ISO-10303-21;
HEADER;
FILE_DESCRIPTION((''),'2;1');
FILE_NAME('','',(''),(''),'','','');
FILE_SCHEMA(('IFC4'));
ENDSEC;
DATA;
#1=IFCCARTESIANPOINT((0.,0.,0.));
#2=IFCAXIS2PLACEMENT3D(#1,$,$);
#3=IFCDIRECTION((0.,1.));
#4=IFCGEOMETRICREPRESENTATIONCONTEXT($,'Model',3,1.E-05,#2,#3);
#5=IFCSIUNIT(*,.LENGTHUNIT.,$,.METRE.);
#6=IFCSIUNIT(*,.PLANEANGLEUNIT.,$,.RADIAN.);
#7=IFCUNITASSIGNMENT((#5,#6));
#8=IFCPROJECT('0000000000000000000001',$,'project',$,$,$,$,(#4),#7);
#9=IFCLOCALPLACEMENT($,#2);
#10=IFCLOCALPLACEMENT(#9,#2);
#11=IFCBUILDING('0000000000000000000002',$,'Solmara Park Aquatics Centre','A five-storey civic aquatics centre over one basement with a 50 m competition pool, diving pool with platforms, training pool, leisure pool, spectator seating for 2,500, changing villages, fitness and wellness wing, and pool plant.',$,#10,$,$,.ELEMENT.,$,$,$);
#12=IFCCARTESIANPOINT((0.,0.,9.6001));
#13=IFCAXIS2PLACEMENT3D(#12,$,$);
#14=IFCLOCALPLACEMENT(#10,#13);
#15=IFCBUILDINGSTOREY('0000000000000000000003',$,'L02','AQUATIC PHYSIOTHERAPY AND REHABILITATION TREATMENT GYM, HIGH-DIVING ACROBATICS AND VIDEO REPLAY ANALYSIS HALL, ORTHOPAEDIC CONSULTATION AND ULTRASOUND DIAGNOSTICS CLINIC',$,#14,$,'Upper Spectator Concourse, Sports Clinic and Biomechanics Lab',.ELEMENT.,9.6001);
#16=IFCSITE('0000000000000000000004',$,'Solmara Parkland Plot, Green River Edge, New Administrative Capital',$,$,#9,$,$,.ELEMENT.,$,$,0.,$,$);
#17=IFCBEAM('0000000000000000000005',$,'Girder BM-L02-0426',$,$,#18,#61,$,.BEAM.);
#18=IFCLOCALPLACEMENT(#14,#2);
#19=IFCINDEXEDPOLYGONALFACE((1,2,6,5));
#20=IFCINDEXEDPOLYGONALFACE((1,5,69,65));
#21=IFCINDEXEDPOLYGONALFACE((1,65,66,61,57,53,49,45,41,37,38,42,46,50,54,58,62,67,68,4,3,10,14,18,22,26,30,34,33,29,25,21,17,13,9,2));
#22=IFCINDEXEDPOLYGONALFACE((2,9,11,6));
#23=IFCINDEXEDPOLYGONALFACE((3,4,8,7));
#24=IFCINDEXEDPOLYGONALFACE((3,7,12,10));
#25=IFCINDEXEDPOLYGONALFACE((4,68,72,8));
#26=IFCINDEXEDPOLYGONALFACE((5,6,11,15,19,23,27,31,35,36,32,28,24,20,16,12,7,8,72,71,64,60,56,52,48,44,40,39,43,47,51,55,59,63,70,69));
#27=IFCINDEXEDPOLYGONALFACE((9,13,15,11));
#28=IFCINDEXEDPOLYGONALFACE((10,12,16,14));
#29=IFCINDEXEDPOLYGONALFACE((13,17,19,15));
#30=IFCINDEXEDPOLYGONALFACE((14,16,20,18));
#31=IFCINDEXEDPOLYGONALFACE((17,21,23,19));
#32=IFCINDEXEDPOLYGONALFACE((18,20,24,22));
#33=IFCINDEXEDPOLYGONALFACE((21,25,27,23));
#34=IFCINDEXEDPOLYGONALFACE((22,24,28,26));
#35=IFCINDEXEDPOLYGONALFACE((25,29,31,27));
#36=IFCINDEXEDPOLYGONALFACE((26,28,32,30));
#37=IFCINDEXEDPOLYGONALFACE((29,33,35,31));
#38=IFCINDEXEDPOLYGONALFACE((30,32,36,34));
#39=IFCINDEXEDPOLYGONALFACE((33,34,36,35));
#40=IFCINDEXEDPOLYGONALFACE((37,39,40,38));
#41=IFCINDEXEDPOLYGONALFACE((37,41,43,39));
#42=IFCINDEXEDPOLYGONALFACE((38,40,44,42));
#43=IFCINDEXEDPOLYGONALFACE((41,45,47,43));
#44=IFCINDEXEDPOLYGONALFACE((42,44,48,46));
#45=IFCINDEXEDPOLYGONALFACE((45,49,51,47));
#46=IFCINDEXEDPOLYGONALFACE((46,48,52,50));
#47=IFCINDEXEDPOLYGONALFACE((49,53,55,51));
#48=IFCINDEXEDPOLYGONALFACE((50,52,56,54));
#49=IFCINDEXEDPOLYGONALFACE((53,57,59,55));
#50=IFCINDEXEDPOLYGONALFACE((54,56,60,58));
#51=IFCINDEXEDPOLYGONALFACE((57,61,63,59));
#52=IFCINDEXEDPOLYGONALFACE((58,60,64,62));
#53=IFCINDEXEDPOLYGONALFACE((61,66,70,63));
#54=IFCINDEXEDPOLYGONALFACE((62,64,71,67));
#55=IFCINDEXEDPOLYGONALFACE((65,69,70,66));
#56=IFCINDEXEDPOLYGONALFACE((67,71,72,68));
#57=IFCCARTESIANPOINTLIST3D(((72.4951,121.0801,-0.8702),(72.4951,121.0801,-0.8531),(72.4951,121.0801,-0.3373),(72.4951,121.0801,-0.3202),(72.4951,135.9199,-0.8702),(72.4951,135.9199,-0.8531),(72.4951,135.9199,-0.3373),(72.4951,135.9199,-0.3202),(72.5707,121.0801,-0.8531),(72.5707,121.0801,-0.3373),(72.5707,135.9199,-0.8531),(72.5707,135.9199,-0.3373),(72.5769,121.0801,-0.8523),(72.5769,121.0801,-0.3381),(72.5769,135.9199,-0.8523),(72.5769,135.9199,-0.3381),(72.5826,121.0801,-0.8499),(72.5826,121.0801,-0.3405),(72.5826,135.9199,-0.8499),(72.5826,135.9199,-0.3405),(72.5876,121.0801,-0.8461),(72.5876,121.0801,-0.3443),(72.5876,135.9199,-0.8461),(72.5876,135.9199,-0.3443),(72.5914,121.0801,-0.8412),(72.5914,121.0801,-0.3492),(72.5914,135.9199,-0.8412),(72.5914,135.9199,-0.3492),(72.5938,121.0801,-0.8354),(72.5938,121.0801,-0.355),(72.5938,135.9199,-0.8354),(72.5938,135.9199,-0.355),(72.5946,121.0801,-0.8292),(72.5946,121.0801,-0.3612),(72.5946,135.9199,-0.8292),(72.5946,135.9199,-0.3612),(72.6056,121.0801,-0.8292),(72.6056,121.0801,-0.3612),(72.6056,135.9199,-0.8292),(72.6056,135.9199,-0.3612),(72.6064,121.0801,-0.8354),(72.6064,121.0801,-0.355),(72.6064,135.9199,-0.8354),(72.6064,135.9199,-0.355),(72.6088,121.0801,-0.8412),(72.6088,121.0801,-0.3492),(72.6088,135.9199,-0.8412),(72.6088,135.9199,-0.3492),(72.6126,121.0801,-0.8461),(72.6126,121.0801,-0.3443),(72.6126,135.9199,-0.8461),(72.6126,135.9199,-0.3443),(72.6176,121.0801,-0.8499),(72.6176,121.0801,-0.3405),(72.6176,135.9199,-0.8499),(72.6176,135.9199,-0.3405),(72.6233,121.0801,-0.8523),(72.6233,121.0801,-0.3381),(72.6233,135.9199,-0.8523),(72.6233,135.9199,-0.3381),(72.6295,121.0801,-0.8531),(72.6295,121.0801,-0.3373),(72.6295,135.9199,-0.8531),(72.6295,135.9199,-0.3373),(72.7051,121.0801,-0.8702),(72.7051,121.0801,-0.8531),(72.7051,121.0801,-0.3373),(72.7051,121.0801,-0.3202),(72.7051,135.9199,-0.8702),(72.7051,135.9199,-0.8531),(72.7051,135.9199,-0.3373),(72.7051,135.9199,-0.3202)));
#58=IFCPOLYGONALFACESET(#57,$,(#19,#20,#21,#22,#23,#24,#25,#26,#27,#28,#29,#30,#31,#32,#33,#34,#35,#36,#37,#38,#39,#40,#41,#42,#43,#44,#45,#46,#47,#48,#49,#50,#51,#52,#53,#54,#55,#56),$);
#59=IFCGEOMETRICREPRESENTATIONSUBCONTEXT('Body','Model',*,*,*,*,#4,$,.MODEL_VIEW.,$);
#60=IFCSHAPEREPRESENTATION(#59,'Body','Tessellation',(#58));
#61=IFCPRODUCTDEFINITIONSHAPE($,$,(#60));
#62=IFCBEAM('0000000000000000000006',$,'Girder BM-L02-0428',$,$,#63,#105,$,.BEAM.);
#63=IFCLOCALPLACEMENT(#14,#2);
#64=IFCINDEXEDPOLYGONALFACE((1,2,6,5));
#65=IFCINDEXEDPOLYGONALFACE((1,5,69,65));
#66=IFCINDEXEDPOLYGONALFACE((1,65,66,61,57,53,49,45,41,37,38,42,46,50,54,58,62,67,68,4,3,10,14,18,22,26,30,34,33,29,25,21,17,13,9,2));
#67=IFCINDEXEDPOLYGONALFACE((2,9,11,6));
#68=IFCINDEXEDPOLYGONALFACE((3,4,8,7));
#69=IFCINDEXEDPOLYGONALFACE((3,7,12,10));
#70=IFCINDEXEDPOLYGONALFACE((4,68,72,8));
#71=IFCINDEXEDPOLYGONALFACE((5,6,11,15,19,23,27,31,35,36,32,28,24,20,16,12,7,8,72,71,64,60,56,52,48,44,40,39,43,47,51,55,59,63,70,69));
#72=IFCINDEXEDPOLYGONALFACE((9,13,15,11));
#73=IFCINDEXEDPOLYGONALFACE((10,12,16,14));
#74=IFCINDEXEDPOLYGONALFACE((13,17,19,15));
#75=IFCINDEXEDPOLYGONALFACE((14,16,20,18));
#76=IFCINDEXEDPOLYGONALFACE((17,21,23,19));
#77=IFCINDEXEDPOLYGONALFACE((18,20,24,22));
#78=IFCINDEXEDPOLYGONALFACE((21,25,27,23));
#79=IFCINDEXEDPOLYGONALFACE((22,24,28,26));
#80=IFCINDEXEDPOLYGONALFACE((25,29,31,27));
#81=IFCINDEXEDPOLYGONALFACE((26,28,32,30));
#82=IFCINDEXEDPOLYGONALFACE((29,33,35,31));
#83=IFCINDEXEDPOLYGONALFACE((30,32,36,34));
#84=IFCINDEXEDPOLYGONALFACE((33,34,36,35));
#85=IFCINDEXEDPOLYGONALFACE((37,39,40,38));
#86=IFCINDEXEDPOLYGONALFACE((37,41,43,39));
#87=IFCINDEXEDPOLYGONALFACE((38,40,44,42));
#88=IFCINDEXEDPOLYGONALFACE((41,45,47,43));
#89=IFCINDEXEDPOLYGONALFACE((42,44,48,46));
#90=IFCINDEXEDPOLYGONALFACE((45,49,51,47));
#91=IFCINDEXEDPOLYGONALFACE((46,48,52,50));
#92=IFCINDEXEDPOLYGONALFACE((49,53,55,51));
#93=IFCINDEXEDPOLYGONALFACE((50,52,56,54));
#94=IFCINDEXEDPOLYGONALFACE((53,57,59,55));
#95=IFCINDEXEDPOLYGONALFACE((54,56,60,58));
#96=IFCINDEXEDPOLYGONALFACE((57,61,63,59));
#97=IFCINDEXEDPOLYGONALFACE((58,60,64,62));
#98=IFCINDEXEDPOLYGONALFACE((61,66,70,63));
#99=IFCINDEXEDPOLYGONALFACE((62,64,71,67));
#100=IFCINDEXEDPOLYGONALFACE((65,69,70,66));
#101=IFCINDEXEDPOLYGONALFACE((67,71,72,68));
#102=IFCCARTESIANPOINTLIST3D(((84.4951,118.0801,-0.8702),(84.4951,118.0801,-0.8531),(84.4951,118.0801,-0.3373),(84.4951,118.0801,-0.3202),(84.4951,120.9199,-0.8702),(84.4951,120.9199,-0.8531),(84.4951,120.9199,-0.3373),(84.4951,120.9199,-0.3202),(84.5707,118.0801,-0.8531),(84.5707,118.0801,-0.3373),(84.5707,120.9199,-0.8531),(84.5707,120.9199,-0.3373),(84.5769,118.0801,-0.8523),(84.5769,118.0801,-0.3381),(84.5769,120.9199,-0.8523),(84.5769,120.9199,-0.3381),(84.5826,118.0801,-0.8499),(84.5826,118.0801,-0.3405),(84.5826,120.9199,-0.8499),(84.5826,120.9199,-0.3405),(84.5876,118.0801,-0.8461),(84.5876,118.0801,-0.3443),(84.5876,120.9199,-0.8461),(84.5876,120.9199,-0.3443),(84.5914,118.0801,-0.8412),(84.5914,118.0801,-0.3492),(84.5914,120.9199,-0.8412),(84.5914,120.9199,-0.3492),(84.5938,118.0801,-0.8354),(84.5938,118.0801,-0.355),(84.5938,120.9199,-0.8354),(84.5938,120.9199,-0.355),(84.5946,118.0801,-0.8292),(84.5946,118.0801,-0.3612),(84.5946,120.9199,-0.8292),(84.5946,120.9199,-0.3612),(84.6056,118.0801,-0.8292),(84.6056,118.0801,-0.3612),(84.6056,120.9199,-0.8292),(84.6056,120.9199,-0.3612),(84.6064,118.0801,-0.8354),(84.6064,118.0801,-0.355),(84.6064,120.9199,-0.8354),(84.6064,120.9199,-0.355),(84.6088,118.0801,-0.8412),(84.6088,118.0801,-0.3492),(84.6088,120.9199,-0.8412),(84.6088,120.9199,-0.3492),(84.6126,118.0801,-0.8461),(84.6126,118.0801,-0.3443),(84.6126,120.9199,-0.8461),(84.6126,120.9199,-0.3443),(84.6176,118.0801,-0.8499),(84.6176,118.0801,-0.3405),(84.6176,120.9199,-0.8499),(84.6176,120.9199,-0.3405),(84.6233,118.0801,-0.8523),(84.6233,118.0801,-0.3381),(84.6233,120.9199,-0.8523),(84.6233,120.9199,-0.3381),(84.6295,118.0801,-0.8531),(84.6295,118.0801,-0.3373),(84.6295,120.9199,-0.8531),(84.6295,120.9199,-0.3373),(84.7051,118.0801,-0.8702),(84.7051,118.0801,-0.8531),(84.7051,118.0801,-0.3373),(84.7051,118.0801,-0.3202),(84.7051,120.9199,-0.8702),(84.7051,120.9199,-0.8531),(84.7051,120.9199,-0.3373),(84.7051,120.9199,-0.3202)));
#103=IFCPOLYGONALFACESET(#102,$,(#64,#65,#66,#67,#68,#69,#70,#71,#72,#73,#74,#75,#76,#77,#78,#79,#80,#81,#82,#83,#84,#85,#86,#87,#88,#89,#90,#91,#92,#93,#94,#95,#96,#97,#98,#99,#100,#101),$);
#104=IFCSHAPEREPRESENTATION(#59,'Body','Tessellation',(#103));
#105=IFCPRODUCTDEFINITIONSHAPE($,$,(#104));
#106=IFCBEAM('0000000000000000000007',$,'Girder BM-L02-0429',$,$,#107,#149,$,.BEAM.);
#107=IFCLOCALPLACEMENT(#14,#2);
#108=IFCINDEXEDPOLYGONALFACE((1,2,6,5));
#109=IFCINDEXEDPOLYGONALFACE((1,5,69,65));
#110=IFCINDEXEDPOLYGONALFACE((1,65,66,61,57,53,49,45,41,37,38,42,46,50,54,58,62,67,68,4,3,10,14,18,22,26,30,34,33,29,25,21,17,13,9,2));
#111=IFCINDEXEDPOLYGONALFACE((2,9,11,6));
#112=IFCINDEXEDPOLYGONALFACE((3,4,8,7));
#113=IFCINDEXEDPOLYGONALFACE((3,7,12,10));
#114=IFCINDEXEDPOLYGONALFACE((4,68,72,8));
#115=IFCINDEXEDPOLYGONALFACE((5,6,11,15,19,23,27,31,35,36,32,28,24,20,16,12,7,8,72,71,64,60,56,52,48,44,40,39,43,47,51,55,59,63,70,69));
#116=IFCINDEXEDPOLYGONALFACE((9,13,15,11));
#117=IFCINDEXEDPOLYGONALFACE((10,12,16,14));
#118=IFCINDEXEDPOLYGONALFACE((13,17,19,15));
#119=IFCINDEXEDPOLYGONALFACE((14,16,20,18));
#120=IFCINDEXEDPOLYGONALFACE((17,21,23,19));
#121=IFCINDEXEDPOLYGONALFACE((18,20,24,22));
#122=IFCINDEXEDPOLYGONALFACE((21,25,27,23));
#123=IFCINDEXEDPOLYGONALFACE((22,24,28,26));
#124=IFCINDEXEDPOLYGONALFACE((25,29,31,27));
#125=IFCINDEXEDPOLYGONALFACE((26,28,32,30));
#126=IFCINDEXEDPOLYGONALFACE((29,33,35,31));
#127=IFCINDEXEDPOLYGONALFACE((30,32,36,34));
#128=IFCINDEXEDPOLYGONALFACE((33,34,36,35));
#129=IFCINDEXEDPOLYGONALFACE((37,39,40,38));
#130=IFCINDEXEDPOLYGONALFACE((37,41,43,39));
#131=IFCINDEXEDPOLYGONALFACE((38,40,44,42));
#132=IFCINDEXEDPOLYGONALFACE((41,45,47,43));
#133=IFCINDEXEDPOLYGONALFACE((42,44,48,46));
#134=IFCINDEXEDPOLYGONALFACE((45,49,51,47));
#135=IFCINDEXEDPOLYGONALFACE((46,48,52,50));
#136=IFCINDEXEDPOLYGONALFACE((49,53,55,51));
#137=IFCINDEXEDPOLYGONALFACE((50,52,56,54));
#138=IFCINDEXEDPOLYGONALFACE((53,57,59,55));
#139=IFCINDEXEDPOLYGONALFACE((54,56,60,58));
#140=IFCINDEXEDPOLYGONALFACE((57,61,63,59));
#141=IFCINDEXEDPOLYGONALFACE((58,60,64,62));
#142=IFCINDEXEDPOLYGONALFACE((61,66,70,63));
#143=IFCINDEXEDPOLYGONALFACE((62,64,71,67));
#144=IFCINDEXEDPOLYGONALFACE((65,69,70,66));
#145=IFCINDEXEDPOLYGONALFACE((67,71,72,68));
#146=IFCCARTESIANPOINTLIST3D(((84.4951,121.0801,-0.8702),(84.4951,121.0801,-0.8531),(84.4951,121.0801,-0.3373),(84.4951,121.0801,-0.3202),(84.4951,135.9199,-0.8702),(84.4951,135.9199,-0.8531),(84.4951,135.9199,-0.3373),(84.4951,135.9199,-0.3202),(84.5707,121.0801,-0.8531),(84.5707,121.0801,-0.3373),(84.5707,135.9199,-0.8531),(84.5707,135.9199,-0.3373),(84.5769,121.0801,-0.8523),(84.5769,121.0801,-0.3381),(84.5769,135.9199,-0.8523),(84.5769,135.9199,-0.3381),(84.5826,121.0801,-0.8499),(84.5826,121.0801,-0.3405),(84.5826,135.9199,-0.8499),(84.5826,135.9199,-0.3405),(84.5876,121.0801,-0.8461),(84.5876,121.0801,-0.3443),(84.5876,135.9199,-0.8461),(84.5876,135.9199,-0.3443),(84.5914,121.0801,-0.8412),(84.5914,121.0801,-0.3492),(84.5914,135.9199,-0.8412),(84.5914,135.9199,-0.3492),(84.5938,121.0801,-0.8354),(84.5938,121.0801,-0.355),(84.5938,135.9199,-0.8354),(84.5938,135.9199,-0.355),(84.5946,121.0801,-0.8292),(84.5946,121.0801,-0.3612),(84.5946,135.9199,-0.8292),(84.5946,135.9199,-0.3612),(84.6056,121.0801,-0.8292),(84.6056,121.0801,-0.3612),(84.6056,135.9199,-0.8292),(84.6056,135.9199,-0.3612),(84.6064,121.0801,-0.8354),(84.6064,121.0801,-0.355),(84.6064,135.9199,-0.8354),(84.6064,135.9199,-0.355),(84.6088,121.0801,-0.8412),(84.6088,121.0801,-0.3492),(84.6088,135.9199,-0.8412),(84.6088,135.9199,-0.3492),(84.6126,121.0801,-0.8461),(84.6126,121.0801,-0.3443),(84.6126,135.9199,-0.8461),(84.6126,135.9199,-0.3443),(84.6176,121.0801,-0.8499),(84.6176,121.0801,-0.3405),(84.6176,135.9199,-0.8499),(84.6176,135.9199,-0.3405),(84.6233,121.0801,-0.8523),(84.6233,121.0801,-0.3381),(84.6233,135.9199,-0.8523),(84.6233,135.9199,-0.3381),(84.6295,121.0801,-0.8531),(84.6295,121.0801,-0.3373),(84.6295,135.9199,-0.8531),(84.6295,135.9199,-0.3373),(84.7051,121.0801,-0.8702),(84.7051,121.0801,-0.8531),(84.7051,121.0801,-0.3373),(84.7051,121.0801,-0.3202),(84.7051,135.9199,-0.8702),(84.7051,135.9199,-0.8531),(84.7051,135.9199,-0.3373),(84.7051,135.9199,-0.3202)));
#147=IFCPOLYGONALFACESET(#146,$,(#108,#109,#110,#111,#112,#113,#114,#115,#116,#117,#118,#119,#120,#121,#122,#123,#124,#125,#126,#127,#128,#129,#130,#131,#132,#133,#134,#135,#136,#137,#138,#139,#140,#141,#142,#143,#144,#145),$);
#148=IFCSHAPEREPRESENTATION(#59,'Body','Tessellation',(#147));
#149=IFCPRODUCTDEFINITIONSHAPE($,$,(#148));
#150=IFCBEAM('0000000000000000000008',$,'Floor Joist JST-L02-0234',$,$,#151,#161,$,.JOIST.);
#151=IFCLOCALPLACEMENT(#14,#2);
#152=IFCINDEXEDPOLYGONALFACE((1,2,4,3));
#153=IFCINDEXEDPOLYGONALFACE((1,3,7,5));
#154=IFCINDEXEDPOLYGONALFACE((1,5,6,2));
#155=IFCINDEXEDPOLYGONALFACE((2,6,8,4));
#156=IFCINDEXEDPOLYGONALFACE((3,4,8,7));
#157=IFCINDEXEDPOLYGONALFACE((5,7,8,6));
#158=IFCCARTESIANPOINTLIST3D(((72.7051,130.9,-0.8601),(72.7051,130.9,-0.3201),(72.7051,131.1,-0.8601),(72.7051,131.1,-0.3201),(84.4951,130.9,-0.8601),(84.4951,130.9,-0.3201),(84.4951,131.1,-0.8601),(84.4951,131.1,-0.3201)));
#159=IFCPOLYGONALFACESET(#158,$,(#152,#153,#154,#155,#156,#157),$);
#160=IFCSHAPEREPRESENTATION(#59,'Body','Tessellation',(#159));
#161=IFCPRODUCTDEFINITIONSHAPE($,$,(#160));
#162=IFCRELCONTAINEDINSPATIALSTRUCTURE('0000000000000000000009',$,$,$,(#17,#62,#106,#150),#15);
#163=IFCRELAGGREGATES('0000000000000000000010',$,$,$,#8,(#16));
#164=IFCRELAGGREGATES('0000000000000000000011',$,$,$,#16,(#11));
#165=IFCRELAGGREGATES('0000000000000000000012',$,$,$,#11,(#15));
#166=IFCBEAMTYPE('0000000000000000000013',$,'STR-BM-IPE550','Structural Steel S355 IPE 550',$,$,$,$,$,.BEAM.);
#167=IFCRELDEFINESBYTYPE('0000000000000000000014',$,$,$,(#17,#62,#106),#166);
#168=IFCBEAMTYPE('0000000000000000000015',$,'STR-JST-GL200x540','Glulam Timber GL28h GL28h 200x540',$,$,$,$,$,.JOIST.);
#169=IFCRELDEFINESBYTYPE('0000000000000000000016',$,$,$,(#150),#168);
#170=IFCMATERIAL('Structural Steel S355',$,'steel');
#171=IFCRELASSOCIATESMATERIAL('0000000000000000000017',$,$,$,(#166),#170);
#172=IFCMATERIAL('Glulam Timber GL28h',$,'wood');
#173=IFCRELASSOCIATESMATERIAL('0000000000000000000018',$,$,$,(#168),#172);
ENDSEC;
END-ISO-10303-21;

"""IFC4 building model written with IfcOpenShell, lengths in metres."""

from ifc_helpers import new_model, si_unit, direction, frame, origin, origin_2d, place, context, subcontext, project, spatial, rectangle, i_section, extrude, material, material_profile, profile_set, type_object, element, save


model = new_model("IFC4")

# Units and contexts
model_context = context("Model", 3, precision=1e-05, world=origin(), true_north=direction((0.0, 1.0)))
body_context = subcontext(model_context, "Body", "Model", "MODEL_VIEW")
ifc_project = project(units=[si_unit("LENGTHUNIT", "METRE"), si_unit("PLANEANGLEUNIT", "RADIAN")], contexts=[model_context])

# Site, building, storey
site_placement = place(None, origin())
site = spatial("IfcSite", under=ifc_project, at=site_placement, Name="Solmara Parkland Plot, Green River Edge, New Administrative Capital", CompositionType="ELEMENT", RefElevation=0.0)
building_placement = place(site_placement, origin())
building = spatial("IfcBuilding", under=site, at=building_placement, Name="Solmara Park Aquatics Centre", Description="A five-storey civic aquatics centre over one basement with a 50 m competition pool, diving pool with platforms, training pool, leisure pool, spectator seating for 2,500, changing villages, fitness and wellness wing, and pool plant.", CompositionType="ELEMENT")
storey_placement = place(building_placement, frame((0.0, 0.0, 9.6001)))
storey = spatial("IfcBuildingStorey", under=building, at=storey_placement, Name="L02", Description="AQUATIC PHYSIOTHERAPY AND REHABILITATION TREATMENT GYM, HIGH-DIVING ACROBATICS AND VIDEO REPLAY ANALYSIS HALL, ORTHOPAEDIC CONSULTATION AND ULTRASOUND DIAGNOSTICS CLINIC", LongName="Upper Spectator Concourse, Sports Clinic and Biomechanics Lab", CompositionType="ELEMENT", Elevation=9.6001)

# Beams
ifc_material_1 = material(Name="Structural Steel S355", Category="steel")
ifc_material_profile_1 = material_profile(ifc_material_1, i_section(OverallWidth=0.21, OverallDepth=0.55, WebThickness=0.011, FlangeThickness=0.0171, FilletRadius=0.0239, at=origin_2d()), Name="IPE 550")
ifc_profile_set_1 = profile_set([ifc_material_profile_1], Name="Structural Steel S355")
beam_type_1 = type_object("IfcBeamType", Name="STR-BM-IPE550", Description="Structural Steel S355 IPE 550", PredefinedType="BEAM", material=ifc_profile_set_1)
beam_1_placement = place(storey_placement, frame((72.6001, 121.0801, -0.5952), z_axis=(0.0, 1.0, 0.0), x_axis=(-1.0, 0.0, 0.0)))
element("IfcBeam", 1, at=beam_1_placement, inside=storey, type_object=beam_type_1, Name="Girder BM-L02-0426", PredefinedType="BEAM", context=body_context, shape_type="SweptSolid", body=[
    extrude(i_section(OverallWidth=0.21, OverallDepth=0.55, WebThickness=0.011, FlangeThickness=0.0171, FilletRadius=0.0239, at=origin_2d()), origin(), (0.0, 0.0, 1.0), 14.8398),
])
beam_2_placement = place(storey_placement, frame((84.6001, 118.0801, -0.5952), z_axis=(0.0, 1.0, 0.0), x_axis=(-1.0, 0.0, 0.0)))
element("IfcBeam", 2, at=beam_2_placement, inside=storey, type_object=beam_type_1, Name="Girder BM-L02-0428", PredefinedType="BEAM", context=body_context, shape_type="SweptSolid", body=[
    extrude(i_section(OverallWidth=0.21, OverallDepth=0.55, WebThickness=0.011, FlangeThickness=0.0171, FilletRadius=0.0239, at=origin_2d()), origin(), (0.0, 0.0, 1.0), 2.8398),
])
beam_3_placement = place(storey_placement, frame((84.6001, 121.0801, -0.5952), z_axis=(0.0, 1.0, 0.0), x_axis=(-1.0, 0.0, 0.0)))
element("IfcBeam", 3, at=beam_3_placement, inside=storey, type_object=beam_type_1, Name="Girder BM-L02-0429", PredefinedType="BEAM", context=body_context, shape_type="SweptSolid", body=[
    extrude(i_section(OverallWidth=0.21, OverallDepth=0.55, WebThickness=0.011, FlangeThickness=0.0171, FilletRadius=0.0239, at=origin_2d()), origin(), (0.0, 0.0, 1.0), 14.8398),
])
ifc_material_2 = material(Name="Glulam Timber GL28h", Category="wood")
ifc_material_profile_2 = material_profile(ifc_material_2, rectangle(XDim=0.2, YDim=0.54, at=origin_2d()), Name="GL28h 200x540")
ifc_profile_set_2 = profile_set([ifc_material_profile_2], Name="Glulam Timber GL28h")
beam_type_2 = type_object("IfcBeamType", Name="STR-JST-GL200x540", Description="Glulam Timber GL28h GL28h 200x540", PredefinedType="JOIST", material=ifc_profile_set_2)
beam_4_placement = place(storey_placement, frame((72.7051, 131.0, -0.5901), z_axis=(1.0, 0.0, 0.0), x_axis=(0.0, 1.0, 0.0)))
element("IfcBeam", 4, at=beam_4_placement, inside=storey, type_object=beam_type_2, Name="Floor Joist JST-L02-0234", PredefinedType="JOIST", context=body_context, shape_type="SweptSolid", body=[
    extrude(rectangle(XDim=0.2, YDim=0.54, at=origin_2d()), origin(), (0.0, 0.0, 1.0), 11.79),
])

save(model, "model.ifc")
